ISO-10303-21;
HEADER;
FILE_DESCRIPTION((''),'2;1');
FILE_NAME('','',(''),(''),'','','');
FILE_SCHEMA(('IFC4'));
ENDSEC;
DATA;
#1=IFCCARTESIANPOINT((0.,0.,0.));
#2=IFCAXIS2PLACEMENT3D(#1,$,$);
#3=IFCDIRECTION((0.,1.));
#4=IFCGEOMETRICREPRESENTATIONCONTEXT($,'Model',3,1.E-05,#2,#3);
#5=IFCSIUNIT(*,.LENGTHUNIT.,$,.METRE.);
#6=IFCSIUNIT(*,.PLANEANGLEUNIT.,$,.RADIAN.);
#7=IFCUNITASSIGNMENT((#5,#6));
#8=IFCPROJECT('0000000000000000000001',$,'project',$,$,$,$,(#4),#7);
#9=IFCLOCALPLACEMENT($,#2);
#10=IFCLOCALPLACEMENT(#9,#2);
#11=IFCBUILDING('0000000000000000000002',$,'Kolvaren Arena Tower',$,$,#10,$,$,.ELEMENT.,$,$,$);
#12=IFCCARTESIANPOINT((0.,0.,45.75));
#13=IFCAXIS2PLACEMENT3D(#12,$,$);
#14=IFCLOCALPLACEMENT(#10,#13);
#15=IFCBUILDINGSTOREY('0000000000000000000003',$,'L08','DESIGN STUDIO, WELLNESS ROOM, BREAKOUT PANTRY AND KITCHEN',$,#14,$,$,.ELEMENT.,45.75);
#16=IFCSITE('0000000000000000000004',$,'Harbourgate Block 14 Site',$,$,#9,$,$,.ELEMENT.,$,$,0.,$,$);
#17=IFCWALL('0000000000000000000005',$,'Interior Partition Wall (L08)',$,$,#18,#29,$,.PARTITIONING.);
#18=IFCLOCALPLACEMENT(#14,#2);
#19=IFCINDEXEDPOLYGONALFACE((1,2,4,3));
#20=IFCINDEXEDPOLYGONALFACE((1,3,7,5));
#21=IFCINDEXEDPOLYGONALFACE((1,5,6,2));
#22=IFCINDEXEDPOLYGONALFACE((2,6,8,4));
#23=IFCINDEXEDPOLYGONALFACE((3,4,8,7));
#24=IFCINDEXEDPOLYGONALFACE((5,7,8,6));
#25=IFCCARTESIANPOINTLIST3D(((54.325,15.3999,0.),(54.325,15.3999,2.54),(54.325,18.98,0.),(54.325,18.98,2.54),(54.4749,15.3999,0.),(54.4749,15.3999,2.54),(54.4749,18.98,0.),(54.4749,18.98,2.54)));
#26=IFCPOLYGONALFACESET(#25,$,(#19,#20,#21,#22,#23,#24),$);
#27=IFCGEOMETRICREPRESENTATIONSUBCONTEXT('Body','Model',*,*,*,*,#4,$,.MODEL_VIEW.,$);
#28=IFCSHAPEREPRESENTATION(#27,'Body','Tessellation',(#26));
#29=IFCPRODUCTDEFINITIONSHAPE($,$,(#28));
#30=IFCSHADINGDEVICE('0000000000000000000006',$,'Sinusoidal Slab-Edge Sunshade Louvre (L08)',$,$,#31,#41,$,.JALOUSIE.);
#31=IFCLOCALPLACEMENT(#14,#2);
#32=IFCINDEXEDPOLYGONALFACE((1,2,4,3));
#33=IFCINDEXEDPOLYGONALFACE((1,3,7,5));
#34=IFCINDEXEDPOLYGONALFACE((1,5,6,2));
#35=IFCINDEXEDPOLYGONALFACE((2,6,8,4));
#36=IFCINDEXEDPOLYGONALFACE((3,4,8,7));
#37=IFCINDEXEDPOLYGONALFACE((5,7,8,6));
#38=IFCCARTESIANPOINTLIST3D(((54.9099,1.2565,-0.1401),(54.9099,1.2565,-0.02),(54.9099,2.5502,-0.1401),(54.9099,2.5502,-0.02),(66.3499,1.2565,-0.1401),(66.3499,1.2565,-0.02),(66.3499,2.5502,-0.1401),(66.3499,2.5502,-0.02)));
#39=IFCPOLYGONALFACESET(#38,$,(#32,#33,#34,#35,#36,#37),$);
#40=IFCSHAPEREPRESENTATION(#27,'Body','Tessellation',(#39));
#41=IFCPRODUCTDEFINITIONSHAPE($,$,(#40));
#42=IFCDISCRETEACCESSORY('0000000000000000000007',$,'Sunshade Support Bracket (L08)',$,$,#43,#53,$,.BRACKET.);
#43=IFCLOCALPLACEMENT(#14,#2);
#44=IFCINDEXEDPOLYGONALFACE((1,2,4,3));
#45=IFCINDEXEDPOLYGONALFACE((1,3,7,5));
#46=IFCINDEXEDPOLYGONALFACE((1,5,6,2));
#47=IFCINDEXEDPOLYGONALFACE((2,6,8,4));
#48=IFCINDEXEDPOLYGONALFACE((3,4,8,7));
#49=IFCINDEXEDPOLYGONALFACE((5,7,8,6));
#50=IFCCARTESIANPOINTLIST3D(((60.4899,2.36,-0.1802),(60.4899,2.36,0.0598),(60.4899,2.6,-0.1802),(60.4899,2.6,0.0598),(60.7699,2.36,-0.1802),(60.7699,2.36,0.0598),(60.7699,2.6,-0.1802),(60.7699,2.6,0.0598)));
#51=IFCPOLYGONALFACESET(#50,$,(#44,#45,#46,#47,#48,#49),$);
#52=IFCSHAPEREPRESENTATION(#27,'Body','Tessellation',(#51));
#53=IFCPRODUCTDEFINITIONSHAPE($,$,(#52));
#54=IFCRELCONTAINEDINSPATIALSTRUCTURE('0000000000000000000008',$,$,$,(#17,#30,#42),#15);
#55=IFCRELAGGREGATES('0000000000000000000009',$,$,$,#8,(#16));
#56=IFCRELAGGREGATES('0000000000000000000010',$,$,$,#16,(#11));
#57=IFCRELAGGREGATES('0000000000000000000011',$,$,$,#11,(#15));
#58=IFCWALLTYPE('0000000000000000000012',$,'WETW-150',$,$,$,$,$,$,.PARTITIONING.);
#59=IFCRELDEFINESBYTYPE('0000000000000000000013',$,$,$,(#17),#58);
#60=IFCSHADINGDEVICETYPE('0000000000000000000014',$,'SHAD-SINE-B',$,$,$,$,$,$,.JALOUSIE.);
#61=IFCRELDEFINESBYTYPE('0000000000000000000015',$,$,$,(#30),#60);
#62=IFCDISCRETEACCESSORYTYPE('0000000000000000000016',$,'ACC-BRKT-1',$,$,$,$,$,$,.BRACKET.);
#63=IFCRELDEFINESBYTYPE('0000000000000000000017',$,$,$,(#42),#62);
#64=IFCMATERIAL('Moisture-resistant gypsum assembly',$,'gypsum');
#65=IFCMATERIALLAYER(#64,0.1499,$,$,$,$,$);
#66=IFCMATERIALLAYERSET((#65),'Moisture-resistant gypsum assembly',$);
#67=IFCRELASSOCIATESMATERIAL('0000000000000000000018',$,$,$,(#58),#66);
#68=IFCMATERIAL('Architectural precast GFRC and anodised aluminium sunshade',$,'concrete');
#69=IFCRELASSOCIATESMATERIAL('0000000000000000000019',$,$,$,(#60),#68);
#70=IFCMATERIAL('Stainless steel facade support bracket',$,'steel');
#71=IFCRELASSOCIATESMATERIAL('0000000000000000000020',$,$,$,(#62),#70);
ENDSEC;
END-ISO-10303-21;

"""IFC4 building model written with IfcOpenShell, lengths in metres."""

from ifc_helpers import new_model, si_unit, direction, frame, frame_2d, origin, origin_2d, place, context, subcontext, project, spatial, rectangle, extrude, material, layer, layer_set, type_object, element, save


model = new_model("IFC4")

# Units and contexts
model_context = context("Model", 3, precision=1e-05, world=origin(), true_north=direction((0.0, 1.0)))
body_context = subcontext(model_context, "Body", "Model", "MODEL_VIEW")
ifc_project = project(units=[si_unit("LENGTHUNIT", "METRE"), si_unit("PLANEANGLEUNIT", "RADIAN")], contexts=[model_context])

# Site, building, storey
site_placement = place(None, origin())
site = spatial("IfcSite", under=ifc_project, at=site_placement, Name="Harbourgate Block 14 Site", CompositionType="ELEMENT", RefElevation=0.0)
building_placement = place(site_placement, origin())
building = spatial("IfcBuilding", under=site, at=building_placement, Name="Kolvaren Arena Tower", CompositionType="ELEMENT")
storey_placement = place(building_placement, frame((0.0, 0.0, 45.75)))
storey = spatial("IfcBuildingStorey", under=building, at=storey_placement, Name="L08", Description="DESIGN STUDIO, WELLNESS ROOM, BREAKOUT PANTRY AND KITCHEN", CompositionType="ELEMENT", Elevation=45.75)

# Wall
ifc_material_1 = material(Name="Moisture-resistant gypsum assembly", Category="gypsum")
ifc_layer_1 = layer(ifc_material_1, 0.1499)
ifc_layer_set_1 = layer_set([ifc_layer_1], Name="Moisture-resistant gypsum assembly")
wall_type_1 = type_object("IfcWallType", Name="WETW-150", PredefinedType="PARTITIONING", material=ifc_layer_set_1)
wall_1_placement = place(storey_placement, frame((54.3999, 15.3999, 0.0), z_axis=(0.0, 0.0, 1.0), x_axis=(0.0, 1.0, 0.0)))
element("IfcWall", 1, at=wall_1_placement, inside=storey, type_object=wall_type_1, Name="Interior Partition Wall (L08)", PredefinedType="PARTITIONING", context=body_context, shape_type="SweptSolid", body=[
    extrude(rectangle(XDim=3.5801, YDim=0.1499, at=frame_2d((1.79, 0.0))), origin(), (0.0, 0.0, 1.0), 2.54),
])

# Shading device
ifc_material_2 = material(Name="Architectural precast GFRC and anodised aluminium sunshade", Category="concrete")
shading_device_type = type_object("IfcShadingDeviceType", Name="SHAD-SINE-B", PredefinedType="JALOUSIE", material=ifc_material_2)
shading_device_placement = place(storey_placement, frame((60.6299, 1.9033, -0.1401), z_axis=(0.0, 0.0, 1.0), x_axis=(-1.0, 0.0, 0.0)))
element("IfcShadingDevice", 2, at=shading_device_placement, inside=storey, type_object=shading_device_type, Name="Sinusoidal Slab-Edge Sunshade Louvre (L08)", PredefinedType="JALOUSIE", context=body_context, shape_type="SweptSolid", body=[
    extrude(rectangle(XDim=11.4399, YDim=1.2937, at=origin_2d()), origin(), (0.0, 0.0, 1.0), 0.1201),
])

# Discrete accessory
ifc_material_3 = material(Name="Stainless steel facade support bracket", Category="steel")
discrete_accessory_type = type_object("IfcDiscreteAccessoryType", Name="ACC-BRKT-1", PredefinedType="BRACKET", material=ifc_material_3)
discrete_accessory_placement = place(storey_placement, frame((60.6299, 2.48, -0.1802), z_axis=(0.0, 0.0, 1.0), x_axis=(-1.0, 0.0, 0.0)))
element("IfcDiscreteAccessory", 3, at=discrete_accessory_placement, inside=storey, type_object=discrete_accessory_type, Name="Sunshade Support Bracket (L08)", PredefinedType="BRACKET", context=body_context, shape_type="SweptSolid", body=[
    extrude(rectangle(XDim=0.28, YDim=0.24, at=origin_2d()), origin(), (0.0, 0.0, 1.0), 0.24),
])

save(model, "model.ifc")
